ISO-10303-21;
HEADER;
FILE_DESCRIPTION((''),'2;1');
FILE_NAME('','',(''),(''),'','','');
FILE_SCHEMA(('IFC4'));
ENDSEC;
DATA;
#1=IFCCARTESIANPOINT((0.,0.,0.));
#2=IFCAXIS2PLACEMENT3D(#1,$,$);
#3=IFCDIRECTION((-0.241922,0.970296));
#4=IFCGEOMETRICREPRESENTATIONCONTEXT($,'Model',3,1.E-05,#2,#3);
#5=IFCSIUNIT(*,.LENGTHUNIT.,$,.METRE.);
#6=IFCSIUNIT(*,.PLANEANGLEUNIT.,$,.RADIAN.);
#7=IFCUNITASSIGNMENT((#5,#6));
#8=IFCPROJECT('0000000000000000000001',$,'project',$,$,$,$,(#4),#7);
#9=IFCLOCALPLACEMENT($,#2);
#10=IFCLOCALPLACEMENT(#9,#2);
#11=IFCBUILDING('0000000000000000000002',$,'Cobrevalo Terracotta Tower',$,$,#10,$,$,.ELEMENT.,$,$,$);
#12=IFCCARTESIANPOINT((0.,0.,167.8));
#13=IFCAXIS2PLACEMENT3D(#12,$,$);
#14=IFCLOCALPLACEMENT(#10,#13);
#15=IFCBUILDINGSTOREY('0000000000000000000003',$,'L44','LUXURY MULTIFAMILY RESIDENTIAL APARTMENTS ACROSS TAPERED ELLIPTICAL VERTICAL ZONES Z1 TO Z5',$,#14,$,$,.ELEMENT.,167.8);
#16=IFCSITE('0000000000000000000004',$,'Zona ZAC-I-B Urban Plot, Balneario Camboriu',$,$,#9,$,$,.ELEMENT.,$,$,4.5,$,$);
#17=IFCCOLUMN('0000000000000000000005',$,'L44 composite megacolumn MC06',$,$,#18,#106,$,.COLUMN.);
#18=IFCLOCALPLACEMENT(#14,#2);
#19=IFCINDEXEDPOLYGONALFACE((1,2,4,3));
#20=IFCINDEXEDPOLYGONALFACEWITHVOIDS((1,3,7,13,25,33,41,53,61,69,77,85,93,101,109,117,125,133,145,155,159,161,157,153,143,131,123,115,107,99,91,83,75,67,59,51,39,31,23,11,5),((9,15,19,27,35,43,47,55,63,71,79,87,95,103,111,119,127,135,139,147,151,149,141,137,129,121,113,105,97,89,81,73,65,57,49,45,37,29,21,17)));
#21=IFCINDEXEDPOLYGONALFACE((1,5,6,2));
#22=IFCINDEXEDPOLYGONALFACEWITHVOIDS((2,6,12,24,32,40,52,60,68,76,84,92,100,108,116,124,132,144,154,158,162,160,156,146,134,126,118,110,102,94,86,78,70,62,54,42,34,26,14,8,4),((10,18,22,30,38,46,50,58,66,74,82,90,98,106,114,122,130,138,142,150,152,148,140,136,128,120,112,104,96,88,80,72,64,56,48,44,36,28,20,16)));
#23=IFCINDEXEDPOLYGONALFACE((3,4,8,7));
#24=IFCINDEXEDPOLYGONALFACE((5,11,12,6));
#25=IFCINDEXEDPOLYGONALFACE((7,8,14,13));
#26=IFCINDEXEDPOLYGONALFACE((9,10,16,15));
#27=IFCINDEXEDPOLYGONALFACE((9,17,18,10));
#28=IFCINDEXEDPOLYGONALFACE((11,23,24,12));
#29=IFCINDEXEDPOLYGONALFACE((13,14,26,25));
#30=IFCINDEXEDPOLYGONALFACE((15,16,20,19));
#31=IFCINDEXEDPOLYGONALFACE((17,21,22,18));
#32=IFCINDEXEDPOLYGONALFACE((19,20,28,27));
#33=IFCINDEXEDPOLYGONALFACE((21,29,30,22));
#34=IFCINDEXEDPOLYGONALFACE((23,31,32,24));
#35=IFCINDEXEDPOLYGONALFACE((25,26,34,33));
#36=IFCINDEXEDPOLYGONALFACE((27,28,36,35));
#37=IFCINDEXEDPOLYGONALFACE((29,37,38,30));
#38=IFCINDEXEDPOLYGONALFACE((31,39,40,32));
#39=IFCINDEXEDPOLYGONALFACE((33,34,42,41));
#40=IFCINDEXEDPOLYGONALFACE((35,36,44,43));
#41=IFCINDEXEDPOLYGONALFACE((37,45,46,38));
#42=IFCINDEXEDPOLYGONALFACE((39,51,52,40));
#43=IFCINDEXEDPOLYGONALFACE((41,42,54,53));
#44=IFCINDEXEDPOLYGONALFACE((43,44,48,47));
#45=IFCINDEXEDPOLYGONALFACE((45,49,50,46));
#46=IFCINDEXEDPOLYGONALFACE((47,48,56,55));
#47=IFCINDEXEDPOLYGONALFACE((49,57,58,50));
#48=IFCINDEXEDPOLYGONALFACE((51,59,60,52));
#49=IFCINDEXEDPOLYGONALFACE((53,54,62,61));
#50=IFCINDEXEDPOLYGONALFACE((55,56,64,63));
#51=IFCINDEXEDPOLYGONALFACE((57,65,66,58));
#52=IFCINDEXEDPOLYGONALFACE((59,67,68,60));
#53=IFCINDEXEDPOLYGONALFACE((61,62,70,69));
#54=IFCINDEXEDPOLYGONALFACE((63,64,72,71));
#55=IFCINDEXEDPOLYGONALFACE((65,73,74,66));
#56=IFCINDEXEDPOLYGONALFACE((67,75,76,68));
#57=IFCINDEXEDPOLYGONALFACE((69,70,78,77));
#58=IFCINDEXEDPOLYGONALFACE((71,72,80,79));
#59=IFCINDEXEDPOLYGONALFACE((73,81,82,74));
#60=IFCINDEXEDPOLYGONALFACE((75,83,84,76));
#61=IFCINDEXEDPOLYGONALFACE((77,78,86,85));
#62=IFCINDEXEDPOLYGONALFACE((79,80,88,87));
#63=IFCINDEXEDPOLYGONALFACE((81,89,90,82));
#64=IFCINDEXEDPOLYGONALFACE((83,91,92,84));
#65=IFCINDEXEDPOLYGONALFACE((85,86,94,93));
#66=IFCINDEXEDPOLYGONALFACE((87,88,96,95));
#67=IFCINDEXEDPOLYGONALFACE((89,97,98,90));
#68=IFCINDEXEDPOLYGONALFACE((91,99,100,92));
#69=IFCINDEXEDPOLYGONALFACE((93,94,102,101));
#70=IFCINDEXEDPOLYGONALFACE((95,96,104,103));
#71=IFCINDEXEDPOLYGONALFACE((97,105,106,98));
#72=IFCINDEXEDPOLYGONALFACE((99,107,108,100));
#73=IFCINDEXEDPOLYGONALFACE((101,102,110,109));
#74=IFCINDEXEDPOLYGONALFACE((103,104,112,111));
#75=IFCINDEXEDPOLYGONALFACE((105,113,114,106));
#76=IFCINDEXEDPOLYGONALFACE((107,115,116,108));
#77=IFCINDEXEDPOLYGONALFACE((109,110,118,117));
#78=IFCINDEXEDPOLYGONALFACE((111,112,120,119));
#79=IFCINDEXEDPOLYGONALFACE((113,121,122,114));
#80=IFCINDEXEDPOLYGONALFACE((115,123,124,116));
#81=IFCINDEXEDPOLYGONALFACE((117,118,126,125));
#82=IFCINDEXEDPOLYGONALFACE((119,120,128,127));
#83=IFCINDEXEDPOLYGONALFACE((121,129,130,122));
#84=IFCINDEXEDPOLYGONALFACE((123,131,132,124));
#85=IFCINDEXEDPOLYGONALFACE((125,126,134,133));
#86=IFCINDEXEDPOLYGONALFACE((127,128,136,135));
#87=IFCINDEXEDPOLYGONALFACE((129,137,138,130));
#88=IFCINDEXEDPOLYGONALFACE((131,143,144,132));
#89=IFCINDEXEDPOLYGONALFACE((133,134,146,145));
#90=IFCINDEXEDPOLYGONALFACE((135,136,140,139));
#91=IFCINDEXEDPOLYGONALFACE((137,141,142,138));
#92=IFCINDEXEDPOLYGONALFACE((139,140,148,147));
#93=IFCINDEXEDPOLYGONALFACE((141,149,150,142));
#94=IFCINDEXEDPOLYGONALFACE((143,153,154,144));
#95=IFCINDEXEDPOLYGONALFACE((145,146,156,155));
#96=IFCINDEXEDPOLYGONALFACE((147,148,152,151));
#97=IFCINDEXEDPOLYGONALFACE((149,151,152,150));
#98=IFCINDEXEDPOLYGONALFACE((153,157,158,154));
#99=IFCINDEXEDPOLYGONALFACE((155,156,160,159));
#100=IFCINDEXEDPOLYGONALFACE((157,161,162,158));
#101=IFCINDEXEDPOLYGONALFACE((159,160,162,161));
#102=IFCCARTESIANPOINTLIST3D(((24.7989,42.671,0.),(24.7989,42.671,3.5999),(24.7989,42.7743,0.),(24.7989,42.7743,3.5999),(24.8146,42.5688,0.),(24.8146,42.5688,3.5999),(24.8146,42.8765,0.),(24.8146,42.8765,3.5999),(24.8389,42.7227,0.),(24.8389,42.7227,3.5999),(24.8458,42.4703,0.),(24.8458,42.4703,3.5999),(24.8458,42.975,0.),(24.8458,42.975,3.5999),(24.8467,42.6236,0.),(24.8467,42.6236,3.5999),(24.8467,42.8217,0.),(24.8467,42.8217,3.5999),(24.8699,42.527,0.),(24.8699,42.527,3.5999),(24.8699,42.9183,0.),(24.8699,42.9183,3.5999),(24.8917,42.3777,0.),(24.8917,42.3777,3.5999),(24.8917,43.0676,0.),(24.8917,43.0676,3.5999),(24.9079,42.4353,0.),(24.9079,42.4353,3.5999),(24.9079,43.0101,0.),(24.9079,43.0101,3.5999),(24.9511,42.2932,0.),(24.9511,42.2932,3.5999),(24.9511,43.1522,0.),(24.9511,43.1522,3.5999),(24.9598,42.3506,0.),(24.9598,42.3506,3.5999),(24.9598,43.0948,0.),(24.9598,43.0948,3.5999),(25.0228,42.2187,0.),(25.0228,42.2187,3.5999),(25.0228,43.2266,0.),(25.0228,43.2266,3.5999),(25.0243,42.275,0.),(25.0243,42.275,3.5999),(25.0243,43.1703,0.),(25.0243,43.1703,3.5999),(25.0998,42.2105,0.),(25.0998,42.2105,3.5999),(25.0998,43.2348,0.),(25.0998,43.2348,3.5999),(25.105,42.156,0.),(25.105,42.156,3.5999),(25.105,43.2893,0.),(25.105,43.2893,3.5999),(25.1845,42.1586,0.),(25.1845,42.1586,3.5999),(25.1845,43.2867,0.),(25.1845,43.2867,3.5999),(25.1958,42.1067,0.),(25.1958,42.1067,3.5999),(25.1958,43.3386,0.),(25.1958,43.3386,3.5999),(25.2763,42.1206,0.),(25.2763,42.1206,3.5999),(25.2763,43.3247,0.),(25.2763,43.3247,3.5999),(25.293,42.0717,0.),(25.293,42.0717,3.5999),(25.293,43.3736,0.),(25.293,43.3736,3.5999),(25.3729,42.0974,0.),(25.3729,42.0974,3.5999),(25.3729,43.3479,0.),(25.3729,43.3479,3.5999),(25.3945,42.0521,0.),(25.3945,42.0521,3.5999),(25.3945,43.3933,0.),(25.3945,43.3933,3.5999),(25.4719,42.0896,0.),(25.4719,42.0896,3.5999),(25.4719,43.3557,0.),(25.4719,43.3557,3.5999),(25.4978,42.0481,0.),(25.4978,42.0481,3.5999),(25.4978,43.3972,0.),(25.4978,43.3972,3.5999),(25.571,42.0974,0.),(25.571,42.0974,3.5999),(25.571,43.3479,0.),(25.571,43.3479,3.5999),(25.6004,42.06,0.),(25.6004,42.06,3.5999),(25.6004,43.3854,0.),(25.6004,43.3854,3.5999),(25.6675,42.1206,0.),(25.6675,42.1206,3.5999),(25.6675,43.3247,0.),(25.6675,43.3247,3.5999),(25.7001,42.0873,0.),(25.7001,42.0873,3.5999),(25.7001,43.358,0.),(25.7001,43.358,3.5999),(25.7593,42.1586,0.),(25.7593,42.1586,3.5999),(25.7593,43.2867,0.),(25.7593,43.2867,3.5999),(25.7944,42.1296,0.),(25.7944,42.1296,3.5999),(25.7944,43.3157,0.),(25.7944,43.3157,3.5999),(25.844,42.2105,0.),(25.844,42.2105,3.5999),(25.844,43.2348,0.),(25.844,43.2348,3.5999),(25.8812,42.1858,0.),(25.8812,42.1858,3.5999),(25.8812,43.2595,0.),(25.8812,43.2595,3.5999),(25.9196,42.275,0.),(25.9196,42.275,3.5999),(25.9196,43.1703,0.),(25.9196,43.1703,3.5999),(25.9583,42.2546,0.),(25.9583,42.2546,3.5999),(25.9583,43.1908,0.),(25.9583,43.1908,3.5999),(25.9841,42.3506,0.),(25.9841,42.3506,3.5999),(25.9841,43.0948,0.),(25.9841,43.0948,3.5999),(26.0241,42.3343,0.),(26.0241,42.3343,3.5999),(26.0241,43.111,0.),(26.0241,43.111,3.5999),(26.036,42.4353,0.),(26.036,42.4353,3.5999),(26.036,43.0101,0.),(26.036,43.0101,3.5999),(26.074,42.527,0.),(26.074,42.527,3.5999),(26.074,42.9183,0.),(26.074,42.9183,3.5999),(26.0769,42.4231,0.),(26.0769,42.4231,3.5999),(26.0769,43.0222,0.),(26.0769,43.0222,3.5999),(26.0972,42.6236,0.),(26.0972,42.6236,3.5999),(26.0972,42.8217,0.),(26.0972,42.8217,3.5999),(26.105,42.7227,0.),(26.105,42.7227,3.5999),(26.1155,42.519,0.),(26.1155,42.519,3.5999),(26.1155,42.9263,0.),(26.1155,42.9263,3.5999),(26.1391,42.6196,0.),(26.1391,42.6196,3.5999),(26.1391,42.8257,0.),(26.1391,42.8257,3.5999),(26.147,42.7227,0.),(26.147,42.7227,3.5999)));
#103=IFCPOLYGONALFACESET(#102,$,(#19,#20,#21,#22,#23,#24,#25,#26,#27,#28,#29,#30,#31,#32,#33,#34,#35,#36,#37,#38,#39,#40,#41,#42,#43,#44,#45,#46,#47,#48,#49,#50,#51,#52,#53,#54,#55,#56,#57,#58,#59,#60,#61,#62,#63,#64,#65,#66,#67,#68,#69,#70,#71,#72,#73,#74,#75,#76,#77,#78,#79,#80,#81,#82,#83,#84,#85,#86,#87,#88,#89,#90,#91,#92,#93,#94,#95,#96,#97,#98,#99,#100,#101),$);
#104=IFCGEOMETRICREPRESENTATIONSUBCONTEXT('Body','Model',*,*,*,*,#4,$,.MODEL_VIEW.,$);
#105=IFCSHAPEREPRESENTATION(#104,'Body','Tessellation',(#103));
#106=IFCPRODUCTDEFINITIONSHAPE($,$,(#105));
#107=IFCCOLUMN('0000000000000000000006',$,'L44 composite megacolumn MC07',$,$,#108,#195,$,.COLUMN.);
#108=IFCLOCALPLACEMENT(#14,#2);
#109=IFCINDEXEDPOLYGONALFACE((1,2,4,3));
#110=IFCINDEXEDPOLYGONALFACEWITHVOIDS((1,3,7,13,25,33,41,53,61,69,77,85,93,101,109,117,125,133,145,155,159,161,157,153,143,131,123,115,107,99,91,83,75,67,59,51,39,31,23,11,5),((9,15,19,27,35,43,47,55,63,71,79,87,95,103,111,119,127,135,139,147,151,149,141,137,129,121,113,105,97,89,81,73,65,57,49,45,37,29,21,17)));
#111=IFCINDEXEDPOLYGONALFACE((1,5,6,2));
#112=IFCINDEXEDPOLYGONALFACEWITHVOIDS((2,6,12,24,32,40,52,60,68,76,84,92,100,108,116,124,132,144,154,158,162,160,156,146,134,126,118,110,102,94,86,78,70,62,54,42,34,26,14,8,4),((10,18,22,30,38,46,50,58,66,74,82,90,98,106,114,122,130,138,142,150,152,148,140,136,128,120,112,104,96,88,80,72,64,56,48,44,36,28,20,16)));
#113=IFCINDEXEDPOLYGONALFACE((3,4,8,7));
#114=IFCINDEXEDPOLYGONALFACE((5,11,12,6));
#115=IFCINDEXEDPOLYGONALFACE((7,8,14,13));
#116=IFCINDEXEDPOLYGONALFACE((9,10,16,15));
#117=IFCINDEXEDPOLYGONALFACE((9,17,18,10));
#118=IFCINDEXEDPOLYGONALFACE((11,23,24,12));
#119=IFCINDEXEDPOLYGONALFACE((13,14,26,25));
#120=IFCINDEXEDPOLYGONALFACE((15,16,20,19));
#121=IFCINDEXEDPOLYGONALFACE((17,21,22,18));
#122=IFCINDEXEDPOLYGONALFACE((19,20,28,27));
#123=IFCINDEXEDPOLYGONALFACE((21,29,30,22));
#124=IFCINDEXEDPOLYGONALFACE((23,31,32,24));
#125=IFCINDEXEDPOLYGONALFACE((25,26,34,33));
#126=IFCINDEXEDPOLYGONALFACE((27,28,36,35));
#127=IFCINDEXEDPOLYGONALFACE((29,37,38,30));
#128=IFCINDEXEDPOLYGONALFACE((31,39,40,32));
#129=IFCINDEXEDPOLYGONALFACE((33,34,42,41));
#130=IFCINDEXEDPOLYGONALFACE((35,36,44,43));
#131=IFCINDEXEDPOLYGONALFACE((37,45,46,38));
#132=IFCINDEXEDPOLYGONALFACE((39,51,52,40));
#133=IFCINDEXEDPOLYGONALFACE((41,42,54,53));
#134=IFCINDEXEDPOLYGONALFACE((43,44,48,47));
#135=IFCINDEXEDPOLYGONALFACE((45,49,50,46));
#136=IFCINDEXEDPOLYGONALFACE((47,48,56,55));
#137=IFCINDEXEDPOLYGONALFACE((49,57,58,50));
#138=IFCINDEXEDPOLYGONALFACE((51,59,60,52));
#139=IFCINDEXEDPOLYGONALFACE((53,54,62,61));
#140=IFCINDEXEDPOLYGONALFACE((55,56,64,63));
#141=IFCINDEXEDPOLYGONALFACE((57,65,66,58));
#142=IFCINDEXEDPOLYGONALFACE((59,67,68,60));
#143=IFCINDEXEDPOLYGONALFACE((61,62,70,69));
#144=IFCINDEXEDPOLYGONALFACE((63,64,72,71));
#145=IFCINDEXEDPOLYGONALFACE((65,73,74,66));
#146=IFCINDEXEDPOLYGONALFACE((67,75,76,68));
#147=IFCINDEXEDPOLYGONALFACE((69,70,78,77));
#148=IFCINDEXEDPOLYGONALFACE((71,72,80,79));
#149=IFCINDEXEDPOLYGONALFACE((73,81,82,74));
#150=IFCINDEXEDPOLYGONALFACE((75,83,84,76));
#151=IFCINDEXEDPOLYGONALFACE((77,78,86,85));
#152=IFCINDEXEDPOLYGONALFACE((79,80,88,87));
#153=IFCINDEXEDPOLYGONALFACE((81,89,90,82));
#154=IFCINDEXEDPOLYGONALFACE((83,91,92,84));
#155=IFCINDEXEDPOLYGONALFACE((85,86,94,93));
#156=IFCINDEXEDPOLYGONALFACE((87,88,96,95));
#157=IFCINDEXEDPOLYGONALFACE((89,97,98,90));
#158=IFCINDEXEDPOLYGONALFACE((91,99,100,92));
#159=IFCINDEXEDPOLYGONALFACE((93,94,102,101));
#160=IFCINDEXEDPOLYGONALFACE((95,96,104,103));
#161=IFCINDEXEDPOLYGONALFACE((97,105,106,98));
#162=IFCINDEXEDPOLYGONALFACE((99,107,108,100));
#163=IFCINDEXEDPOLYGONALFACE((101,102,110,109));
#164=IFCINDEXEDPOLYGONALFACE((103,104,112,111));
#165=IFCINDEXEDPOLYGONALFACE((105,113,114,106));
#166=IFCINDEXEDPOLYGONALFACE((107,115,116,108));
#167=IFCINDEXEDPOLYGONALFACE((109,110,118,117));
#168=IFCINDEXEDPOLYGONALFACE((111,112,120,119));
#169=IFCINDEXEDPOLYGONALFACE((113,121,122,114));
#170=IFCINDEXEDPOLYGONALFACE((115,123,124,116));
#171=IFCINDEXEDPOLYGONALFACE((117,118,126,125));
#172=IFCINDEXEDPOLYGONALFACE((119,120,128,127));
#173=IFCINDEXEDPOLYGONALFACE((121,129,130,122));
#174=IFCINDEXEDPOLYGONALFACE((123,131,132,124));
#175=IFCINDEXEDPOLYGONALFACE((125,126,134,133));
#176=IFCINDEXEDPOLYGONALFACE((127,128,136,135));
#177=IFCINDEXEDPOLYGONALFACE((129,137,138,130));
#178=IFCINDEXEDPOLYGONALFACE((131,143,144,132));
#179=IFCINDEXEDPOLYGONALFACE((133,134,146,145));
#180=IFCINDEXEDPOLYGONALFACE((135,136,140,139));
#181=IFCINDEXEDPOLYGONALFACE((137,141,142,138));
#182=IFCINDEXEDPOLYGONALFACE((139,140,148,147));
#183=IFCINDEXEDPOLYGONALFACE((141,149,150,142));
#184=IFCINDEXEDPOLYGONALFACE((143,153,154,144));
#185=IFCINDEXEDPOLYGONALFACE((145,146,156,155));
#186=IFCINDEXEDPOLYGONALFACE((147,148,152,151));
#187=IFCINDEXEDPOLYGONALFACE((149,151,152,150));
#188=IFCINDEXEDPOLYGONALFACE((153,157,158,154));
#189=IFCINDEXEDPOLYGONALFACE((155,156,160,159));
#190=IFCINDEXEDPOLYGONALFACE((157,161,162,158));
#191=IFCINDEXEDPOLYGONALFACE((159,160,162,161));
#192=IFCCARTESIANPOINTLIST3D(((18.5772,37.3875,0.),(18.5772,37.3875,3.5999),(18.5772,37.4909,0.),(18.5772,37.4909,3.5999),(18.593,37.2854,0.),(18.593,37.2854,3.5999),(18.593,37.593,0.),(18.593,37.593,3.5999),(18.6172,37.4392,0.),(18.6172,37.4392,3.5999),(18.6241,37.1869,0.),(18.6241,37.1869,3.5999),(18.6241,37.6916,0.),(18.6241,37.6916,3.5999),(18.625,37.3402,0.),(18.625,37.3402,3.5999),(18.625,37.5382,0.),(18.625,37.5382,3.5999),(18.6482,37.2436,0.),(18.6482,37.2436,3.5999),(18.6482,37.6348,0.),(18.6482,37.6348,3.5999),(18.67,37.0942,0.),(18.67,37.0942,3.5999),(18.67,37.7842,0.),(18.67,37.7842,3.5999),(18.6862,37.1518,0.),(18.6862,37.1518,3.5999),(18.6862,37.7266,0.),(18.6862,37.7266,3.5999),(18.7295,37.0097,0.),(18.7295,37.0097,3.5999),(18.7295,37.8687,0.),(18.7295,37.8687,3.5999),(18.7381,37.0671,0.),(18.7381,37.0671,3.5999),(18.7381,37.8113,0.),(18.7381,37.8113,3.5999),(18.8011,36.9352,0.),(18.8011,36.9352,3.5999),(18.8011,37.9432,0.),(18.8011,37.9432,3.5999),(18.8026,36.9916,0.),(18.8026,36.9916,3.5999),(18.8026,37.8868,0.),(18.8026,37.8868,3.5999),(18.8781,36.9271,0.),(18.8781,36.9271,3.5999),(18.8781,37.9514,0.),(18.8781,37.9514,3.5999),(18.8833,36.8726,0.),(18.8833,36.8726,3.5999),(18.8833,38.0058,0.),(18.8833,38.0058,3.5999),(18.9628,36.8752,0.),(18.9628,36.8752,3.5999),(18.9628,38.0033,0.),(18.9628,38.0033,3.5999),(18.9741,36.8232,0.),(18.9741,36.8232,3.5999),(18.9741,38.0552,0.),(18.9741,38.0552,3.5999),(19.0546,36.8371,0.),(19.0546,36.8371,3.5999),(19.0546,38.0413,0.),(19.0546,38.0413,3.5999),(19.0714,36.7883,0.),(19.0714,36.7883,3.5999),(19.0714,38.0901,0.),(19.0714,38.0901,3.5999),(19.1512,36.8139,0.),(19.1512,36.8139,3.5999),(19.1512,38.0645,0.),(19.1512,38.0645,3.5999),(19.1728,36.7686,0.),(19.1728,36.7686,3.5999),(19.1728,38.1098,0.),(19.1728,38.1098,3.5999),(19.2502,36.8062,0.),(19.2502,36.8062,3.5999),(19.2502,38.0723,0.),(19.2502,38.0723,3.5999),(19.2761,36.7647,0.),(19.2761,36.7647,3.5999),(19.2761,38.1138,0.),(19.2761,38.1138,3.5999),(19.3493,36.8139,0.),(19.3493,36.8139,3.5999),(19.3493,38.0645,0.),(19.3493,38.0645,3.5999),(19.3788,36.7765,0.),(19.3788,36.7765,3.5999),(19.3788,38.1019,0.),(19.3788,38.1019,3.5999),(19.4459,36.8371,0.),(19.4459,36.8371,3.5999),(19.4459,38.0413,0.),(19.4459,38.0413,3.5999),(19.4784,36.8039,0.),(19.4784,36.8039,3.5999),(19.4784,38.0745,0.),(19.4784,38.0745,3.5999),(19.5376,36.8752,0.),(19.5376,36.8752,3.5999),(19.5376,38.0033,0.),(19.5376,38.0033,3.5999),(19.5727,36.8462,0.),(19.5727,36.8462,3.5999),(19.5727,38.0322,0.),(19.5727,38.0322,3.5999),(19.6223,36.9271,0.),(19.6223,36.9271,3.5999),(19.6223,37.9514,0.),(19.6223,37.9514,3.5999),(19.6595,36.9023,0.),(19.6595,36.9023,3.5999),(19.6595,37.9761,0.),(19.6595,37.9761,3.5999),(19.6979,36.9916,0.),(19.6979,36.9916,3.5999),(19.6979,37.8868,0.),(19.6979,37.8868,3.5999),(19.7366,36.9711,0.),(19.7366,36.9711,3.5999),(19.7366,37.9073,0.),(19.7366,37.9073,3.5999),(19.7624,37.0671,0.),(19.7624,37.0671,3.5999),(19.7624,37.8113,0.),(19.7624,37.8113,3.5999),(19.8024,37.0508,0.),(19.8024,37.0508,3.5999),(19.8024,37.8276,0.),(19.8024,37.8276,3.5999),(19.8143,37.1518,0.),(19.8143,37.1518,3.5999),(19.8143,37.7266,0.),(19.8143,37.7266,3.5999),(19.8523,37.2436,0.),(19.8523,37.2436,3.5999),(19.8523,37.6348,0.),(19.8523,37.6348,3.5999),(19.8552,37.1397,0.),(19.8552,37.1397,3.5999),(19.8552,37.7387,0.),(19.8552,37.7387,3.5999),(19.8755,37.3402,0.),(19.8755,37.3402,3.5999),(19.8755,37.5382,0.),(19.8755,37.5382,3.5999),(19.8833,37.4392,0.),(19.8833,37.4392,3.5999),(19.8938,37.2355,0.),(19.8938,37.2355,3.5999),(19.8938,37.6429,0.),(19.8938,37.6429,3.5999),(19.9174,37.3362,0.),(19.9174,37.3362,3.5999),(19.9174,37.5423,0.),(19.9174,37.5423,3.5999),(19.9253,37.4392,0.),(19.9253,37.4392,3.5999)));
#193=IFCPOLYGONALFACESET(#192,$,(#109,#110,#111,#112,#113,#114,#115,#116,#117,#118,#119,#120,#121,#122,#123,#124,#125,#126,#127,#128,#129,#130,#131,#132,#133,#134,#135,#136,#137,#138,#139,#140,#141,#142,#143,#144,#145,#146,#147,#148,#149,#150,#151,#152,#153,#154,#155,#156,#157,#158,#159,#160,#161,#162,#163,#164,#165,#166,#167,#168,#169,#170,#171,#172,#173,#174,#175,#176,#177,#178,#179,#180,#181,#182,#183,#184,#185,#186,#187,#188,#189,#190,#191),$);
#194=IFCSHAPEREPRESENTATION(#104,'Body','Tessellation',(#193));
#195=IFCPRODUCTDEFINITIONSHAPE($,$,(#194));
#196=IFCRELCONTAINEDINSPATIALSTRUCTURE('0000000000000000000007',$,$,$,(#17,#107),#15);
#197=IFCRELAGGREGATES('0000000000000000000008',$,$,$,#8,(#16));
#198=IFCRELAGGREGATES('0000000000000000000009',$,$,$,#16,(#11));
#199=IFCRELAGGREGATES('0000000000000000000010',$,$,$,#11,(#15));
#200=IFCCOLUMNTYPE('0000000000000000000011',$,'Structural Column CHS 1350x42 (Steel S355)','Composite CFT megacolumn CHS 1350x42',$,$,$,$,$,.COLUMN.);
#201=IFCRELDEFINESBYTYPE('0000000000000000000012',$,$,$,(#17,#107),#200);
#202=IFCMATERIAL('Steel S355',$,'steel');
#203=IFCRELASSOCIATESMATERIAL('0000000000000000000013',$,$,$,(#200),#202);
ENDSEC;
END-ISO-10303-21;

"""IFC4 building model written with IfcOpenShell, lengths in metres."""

from ifc_helpers import new_model, si_unit, direction, frame, origin, origin_2d, place, context, subcontext, project, spatial, hollow_circle, extrude, material, material_profile, profile_set, type_object, element, save


model = new_model("IFC4")

# Units and contexts
model_context = context("Model", 3, precision=1e-05, world=origin(), true_north=direction((-0.241922, 0.970296)))
body_context = subcontext(model_context, "Body", "Model", "MODEL_VIEW")
ifc_project = project(units=[si_unit("LENGTHUNIT", "METRE"), si_unit("PLANEANGLEUNIT", "RADIAN")], contexts=[model_context])

# Site, building, storey
site_placement = place(None, origin())
site = spatial("IfcSite", under=ifc_project, at=site_placement, Name="Zona ZAC-I-B Urban Plot, Balneario Camboriu", CompositionType="ELEMENT", RefElevation=4.5)
building_placement = place(site_placement, origin())
building = spatial("IfcBuilding", under=site, at=building_placement, Name="Cobrevalo Terracotta Tower", CompositionType="ELEMENT")
storey_placement = place(building_placement, frame((0.0, 0.0, 167.8)))
storey = spatial("IfcBuildingStorey", under=building, at=storey_placement, Name="L44", Description="LUXURY MULTIFAMILY RESIDENTIAL APARTMENTS ACROSS TAPERED ELLIPTICAL VERTICAL ZONES Z1 TO Z5", CompositionType="ELEMENT", Elevation=167.8)

# Columns
ifc_material_1 = material(Name="Steel S355", Category="steel")
ifc_material_profile_1 = material_profile(ifc_material_1, hollow_circle(Radius=0.675, WallThickness=0.042, at=origin_2d()), Name="CHS 1350x42")
ifc_profile_set_1 = profile_set([ifc_material_profile_1], Name="Steel S355")
column_type = type_object("IfcColumnType", Name="Structural Column CHS 1350x42 (Steel S355)", Description="Composite CFT megacolumn CHS 1350x42", PredefinedType="COLUMN", material=ifc_profile_set_1)
for number, where, z_axis, x_axis, name in (
    (1, (25.4719, 42.7227, 0.0), (0.0, 0.0, 1.0), (1.0, 0.0, 0.0), "L44 composite megacolumn MC06"),
    (2, (19.2502, 37.4392, 0.0), (0.0, 0.0, 1.0), (1.0, 0.0, 0.0), "L44 composite megacolumn MC07"),
):
    element("IfcColumn", number, at=place(storey_placement, frame(where, z_axis=z_axis, x_axis=x_axis)), inside=storey, type_object=column_type, Name=name, PredefinedType="COLUMN", context=body_context, shape_type="SweptSolid", body=[
        extrude(hollow_circle(Radius=0.675, WallThickness=0.042, at=origin_2d()), origin(), (0.0, 0.0, 1.0), 3.5999),
    ])

save(model, "model.ifc")
